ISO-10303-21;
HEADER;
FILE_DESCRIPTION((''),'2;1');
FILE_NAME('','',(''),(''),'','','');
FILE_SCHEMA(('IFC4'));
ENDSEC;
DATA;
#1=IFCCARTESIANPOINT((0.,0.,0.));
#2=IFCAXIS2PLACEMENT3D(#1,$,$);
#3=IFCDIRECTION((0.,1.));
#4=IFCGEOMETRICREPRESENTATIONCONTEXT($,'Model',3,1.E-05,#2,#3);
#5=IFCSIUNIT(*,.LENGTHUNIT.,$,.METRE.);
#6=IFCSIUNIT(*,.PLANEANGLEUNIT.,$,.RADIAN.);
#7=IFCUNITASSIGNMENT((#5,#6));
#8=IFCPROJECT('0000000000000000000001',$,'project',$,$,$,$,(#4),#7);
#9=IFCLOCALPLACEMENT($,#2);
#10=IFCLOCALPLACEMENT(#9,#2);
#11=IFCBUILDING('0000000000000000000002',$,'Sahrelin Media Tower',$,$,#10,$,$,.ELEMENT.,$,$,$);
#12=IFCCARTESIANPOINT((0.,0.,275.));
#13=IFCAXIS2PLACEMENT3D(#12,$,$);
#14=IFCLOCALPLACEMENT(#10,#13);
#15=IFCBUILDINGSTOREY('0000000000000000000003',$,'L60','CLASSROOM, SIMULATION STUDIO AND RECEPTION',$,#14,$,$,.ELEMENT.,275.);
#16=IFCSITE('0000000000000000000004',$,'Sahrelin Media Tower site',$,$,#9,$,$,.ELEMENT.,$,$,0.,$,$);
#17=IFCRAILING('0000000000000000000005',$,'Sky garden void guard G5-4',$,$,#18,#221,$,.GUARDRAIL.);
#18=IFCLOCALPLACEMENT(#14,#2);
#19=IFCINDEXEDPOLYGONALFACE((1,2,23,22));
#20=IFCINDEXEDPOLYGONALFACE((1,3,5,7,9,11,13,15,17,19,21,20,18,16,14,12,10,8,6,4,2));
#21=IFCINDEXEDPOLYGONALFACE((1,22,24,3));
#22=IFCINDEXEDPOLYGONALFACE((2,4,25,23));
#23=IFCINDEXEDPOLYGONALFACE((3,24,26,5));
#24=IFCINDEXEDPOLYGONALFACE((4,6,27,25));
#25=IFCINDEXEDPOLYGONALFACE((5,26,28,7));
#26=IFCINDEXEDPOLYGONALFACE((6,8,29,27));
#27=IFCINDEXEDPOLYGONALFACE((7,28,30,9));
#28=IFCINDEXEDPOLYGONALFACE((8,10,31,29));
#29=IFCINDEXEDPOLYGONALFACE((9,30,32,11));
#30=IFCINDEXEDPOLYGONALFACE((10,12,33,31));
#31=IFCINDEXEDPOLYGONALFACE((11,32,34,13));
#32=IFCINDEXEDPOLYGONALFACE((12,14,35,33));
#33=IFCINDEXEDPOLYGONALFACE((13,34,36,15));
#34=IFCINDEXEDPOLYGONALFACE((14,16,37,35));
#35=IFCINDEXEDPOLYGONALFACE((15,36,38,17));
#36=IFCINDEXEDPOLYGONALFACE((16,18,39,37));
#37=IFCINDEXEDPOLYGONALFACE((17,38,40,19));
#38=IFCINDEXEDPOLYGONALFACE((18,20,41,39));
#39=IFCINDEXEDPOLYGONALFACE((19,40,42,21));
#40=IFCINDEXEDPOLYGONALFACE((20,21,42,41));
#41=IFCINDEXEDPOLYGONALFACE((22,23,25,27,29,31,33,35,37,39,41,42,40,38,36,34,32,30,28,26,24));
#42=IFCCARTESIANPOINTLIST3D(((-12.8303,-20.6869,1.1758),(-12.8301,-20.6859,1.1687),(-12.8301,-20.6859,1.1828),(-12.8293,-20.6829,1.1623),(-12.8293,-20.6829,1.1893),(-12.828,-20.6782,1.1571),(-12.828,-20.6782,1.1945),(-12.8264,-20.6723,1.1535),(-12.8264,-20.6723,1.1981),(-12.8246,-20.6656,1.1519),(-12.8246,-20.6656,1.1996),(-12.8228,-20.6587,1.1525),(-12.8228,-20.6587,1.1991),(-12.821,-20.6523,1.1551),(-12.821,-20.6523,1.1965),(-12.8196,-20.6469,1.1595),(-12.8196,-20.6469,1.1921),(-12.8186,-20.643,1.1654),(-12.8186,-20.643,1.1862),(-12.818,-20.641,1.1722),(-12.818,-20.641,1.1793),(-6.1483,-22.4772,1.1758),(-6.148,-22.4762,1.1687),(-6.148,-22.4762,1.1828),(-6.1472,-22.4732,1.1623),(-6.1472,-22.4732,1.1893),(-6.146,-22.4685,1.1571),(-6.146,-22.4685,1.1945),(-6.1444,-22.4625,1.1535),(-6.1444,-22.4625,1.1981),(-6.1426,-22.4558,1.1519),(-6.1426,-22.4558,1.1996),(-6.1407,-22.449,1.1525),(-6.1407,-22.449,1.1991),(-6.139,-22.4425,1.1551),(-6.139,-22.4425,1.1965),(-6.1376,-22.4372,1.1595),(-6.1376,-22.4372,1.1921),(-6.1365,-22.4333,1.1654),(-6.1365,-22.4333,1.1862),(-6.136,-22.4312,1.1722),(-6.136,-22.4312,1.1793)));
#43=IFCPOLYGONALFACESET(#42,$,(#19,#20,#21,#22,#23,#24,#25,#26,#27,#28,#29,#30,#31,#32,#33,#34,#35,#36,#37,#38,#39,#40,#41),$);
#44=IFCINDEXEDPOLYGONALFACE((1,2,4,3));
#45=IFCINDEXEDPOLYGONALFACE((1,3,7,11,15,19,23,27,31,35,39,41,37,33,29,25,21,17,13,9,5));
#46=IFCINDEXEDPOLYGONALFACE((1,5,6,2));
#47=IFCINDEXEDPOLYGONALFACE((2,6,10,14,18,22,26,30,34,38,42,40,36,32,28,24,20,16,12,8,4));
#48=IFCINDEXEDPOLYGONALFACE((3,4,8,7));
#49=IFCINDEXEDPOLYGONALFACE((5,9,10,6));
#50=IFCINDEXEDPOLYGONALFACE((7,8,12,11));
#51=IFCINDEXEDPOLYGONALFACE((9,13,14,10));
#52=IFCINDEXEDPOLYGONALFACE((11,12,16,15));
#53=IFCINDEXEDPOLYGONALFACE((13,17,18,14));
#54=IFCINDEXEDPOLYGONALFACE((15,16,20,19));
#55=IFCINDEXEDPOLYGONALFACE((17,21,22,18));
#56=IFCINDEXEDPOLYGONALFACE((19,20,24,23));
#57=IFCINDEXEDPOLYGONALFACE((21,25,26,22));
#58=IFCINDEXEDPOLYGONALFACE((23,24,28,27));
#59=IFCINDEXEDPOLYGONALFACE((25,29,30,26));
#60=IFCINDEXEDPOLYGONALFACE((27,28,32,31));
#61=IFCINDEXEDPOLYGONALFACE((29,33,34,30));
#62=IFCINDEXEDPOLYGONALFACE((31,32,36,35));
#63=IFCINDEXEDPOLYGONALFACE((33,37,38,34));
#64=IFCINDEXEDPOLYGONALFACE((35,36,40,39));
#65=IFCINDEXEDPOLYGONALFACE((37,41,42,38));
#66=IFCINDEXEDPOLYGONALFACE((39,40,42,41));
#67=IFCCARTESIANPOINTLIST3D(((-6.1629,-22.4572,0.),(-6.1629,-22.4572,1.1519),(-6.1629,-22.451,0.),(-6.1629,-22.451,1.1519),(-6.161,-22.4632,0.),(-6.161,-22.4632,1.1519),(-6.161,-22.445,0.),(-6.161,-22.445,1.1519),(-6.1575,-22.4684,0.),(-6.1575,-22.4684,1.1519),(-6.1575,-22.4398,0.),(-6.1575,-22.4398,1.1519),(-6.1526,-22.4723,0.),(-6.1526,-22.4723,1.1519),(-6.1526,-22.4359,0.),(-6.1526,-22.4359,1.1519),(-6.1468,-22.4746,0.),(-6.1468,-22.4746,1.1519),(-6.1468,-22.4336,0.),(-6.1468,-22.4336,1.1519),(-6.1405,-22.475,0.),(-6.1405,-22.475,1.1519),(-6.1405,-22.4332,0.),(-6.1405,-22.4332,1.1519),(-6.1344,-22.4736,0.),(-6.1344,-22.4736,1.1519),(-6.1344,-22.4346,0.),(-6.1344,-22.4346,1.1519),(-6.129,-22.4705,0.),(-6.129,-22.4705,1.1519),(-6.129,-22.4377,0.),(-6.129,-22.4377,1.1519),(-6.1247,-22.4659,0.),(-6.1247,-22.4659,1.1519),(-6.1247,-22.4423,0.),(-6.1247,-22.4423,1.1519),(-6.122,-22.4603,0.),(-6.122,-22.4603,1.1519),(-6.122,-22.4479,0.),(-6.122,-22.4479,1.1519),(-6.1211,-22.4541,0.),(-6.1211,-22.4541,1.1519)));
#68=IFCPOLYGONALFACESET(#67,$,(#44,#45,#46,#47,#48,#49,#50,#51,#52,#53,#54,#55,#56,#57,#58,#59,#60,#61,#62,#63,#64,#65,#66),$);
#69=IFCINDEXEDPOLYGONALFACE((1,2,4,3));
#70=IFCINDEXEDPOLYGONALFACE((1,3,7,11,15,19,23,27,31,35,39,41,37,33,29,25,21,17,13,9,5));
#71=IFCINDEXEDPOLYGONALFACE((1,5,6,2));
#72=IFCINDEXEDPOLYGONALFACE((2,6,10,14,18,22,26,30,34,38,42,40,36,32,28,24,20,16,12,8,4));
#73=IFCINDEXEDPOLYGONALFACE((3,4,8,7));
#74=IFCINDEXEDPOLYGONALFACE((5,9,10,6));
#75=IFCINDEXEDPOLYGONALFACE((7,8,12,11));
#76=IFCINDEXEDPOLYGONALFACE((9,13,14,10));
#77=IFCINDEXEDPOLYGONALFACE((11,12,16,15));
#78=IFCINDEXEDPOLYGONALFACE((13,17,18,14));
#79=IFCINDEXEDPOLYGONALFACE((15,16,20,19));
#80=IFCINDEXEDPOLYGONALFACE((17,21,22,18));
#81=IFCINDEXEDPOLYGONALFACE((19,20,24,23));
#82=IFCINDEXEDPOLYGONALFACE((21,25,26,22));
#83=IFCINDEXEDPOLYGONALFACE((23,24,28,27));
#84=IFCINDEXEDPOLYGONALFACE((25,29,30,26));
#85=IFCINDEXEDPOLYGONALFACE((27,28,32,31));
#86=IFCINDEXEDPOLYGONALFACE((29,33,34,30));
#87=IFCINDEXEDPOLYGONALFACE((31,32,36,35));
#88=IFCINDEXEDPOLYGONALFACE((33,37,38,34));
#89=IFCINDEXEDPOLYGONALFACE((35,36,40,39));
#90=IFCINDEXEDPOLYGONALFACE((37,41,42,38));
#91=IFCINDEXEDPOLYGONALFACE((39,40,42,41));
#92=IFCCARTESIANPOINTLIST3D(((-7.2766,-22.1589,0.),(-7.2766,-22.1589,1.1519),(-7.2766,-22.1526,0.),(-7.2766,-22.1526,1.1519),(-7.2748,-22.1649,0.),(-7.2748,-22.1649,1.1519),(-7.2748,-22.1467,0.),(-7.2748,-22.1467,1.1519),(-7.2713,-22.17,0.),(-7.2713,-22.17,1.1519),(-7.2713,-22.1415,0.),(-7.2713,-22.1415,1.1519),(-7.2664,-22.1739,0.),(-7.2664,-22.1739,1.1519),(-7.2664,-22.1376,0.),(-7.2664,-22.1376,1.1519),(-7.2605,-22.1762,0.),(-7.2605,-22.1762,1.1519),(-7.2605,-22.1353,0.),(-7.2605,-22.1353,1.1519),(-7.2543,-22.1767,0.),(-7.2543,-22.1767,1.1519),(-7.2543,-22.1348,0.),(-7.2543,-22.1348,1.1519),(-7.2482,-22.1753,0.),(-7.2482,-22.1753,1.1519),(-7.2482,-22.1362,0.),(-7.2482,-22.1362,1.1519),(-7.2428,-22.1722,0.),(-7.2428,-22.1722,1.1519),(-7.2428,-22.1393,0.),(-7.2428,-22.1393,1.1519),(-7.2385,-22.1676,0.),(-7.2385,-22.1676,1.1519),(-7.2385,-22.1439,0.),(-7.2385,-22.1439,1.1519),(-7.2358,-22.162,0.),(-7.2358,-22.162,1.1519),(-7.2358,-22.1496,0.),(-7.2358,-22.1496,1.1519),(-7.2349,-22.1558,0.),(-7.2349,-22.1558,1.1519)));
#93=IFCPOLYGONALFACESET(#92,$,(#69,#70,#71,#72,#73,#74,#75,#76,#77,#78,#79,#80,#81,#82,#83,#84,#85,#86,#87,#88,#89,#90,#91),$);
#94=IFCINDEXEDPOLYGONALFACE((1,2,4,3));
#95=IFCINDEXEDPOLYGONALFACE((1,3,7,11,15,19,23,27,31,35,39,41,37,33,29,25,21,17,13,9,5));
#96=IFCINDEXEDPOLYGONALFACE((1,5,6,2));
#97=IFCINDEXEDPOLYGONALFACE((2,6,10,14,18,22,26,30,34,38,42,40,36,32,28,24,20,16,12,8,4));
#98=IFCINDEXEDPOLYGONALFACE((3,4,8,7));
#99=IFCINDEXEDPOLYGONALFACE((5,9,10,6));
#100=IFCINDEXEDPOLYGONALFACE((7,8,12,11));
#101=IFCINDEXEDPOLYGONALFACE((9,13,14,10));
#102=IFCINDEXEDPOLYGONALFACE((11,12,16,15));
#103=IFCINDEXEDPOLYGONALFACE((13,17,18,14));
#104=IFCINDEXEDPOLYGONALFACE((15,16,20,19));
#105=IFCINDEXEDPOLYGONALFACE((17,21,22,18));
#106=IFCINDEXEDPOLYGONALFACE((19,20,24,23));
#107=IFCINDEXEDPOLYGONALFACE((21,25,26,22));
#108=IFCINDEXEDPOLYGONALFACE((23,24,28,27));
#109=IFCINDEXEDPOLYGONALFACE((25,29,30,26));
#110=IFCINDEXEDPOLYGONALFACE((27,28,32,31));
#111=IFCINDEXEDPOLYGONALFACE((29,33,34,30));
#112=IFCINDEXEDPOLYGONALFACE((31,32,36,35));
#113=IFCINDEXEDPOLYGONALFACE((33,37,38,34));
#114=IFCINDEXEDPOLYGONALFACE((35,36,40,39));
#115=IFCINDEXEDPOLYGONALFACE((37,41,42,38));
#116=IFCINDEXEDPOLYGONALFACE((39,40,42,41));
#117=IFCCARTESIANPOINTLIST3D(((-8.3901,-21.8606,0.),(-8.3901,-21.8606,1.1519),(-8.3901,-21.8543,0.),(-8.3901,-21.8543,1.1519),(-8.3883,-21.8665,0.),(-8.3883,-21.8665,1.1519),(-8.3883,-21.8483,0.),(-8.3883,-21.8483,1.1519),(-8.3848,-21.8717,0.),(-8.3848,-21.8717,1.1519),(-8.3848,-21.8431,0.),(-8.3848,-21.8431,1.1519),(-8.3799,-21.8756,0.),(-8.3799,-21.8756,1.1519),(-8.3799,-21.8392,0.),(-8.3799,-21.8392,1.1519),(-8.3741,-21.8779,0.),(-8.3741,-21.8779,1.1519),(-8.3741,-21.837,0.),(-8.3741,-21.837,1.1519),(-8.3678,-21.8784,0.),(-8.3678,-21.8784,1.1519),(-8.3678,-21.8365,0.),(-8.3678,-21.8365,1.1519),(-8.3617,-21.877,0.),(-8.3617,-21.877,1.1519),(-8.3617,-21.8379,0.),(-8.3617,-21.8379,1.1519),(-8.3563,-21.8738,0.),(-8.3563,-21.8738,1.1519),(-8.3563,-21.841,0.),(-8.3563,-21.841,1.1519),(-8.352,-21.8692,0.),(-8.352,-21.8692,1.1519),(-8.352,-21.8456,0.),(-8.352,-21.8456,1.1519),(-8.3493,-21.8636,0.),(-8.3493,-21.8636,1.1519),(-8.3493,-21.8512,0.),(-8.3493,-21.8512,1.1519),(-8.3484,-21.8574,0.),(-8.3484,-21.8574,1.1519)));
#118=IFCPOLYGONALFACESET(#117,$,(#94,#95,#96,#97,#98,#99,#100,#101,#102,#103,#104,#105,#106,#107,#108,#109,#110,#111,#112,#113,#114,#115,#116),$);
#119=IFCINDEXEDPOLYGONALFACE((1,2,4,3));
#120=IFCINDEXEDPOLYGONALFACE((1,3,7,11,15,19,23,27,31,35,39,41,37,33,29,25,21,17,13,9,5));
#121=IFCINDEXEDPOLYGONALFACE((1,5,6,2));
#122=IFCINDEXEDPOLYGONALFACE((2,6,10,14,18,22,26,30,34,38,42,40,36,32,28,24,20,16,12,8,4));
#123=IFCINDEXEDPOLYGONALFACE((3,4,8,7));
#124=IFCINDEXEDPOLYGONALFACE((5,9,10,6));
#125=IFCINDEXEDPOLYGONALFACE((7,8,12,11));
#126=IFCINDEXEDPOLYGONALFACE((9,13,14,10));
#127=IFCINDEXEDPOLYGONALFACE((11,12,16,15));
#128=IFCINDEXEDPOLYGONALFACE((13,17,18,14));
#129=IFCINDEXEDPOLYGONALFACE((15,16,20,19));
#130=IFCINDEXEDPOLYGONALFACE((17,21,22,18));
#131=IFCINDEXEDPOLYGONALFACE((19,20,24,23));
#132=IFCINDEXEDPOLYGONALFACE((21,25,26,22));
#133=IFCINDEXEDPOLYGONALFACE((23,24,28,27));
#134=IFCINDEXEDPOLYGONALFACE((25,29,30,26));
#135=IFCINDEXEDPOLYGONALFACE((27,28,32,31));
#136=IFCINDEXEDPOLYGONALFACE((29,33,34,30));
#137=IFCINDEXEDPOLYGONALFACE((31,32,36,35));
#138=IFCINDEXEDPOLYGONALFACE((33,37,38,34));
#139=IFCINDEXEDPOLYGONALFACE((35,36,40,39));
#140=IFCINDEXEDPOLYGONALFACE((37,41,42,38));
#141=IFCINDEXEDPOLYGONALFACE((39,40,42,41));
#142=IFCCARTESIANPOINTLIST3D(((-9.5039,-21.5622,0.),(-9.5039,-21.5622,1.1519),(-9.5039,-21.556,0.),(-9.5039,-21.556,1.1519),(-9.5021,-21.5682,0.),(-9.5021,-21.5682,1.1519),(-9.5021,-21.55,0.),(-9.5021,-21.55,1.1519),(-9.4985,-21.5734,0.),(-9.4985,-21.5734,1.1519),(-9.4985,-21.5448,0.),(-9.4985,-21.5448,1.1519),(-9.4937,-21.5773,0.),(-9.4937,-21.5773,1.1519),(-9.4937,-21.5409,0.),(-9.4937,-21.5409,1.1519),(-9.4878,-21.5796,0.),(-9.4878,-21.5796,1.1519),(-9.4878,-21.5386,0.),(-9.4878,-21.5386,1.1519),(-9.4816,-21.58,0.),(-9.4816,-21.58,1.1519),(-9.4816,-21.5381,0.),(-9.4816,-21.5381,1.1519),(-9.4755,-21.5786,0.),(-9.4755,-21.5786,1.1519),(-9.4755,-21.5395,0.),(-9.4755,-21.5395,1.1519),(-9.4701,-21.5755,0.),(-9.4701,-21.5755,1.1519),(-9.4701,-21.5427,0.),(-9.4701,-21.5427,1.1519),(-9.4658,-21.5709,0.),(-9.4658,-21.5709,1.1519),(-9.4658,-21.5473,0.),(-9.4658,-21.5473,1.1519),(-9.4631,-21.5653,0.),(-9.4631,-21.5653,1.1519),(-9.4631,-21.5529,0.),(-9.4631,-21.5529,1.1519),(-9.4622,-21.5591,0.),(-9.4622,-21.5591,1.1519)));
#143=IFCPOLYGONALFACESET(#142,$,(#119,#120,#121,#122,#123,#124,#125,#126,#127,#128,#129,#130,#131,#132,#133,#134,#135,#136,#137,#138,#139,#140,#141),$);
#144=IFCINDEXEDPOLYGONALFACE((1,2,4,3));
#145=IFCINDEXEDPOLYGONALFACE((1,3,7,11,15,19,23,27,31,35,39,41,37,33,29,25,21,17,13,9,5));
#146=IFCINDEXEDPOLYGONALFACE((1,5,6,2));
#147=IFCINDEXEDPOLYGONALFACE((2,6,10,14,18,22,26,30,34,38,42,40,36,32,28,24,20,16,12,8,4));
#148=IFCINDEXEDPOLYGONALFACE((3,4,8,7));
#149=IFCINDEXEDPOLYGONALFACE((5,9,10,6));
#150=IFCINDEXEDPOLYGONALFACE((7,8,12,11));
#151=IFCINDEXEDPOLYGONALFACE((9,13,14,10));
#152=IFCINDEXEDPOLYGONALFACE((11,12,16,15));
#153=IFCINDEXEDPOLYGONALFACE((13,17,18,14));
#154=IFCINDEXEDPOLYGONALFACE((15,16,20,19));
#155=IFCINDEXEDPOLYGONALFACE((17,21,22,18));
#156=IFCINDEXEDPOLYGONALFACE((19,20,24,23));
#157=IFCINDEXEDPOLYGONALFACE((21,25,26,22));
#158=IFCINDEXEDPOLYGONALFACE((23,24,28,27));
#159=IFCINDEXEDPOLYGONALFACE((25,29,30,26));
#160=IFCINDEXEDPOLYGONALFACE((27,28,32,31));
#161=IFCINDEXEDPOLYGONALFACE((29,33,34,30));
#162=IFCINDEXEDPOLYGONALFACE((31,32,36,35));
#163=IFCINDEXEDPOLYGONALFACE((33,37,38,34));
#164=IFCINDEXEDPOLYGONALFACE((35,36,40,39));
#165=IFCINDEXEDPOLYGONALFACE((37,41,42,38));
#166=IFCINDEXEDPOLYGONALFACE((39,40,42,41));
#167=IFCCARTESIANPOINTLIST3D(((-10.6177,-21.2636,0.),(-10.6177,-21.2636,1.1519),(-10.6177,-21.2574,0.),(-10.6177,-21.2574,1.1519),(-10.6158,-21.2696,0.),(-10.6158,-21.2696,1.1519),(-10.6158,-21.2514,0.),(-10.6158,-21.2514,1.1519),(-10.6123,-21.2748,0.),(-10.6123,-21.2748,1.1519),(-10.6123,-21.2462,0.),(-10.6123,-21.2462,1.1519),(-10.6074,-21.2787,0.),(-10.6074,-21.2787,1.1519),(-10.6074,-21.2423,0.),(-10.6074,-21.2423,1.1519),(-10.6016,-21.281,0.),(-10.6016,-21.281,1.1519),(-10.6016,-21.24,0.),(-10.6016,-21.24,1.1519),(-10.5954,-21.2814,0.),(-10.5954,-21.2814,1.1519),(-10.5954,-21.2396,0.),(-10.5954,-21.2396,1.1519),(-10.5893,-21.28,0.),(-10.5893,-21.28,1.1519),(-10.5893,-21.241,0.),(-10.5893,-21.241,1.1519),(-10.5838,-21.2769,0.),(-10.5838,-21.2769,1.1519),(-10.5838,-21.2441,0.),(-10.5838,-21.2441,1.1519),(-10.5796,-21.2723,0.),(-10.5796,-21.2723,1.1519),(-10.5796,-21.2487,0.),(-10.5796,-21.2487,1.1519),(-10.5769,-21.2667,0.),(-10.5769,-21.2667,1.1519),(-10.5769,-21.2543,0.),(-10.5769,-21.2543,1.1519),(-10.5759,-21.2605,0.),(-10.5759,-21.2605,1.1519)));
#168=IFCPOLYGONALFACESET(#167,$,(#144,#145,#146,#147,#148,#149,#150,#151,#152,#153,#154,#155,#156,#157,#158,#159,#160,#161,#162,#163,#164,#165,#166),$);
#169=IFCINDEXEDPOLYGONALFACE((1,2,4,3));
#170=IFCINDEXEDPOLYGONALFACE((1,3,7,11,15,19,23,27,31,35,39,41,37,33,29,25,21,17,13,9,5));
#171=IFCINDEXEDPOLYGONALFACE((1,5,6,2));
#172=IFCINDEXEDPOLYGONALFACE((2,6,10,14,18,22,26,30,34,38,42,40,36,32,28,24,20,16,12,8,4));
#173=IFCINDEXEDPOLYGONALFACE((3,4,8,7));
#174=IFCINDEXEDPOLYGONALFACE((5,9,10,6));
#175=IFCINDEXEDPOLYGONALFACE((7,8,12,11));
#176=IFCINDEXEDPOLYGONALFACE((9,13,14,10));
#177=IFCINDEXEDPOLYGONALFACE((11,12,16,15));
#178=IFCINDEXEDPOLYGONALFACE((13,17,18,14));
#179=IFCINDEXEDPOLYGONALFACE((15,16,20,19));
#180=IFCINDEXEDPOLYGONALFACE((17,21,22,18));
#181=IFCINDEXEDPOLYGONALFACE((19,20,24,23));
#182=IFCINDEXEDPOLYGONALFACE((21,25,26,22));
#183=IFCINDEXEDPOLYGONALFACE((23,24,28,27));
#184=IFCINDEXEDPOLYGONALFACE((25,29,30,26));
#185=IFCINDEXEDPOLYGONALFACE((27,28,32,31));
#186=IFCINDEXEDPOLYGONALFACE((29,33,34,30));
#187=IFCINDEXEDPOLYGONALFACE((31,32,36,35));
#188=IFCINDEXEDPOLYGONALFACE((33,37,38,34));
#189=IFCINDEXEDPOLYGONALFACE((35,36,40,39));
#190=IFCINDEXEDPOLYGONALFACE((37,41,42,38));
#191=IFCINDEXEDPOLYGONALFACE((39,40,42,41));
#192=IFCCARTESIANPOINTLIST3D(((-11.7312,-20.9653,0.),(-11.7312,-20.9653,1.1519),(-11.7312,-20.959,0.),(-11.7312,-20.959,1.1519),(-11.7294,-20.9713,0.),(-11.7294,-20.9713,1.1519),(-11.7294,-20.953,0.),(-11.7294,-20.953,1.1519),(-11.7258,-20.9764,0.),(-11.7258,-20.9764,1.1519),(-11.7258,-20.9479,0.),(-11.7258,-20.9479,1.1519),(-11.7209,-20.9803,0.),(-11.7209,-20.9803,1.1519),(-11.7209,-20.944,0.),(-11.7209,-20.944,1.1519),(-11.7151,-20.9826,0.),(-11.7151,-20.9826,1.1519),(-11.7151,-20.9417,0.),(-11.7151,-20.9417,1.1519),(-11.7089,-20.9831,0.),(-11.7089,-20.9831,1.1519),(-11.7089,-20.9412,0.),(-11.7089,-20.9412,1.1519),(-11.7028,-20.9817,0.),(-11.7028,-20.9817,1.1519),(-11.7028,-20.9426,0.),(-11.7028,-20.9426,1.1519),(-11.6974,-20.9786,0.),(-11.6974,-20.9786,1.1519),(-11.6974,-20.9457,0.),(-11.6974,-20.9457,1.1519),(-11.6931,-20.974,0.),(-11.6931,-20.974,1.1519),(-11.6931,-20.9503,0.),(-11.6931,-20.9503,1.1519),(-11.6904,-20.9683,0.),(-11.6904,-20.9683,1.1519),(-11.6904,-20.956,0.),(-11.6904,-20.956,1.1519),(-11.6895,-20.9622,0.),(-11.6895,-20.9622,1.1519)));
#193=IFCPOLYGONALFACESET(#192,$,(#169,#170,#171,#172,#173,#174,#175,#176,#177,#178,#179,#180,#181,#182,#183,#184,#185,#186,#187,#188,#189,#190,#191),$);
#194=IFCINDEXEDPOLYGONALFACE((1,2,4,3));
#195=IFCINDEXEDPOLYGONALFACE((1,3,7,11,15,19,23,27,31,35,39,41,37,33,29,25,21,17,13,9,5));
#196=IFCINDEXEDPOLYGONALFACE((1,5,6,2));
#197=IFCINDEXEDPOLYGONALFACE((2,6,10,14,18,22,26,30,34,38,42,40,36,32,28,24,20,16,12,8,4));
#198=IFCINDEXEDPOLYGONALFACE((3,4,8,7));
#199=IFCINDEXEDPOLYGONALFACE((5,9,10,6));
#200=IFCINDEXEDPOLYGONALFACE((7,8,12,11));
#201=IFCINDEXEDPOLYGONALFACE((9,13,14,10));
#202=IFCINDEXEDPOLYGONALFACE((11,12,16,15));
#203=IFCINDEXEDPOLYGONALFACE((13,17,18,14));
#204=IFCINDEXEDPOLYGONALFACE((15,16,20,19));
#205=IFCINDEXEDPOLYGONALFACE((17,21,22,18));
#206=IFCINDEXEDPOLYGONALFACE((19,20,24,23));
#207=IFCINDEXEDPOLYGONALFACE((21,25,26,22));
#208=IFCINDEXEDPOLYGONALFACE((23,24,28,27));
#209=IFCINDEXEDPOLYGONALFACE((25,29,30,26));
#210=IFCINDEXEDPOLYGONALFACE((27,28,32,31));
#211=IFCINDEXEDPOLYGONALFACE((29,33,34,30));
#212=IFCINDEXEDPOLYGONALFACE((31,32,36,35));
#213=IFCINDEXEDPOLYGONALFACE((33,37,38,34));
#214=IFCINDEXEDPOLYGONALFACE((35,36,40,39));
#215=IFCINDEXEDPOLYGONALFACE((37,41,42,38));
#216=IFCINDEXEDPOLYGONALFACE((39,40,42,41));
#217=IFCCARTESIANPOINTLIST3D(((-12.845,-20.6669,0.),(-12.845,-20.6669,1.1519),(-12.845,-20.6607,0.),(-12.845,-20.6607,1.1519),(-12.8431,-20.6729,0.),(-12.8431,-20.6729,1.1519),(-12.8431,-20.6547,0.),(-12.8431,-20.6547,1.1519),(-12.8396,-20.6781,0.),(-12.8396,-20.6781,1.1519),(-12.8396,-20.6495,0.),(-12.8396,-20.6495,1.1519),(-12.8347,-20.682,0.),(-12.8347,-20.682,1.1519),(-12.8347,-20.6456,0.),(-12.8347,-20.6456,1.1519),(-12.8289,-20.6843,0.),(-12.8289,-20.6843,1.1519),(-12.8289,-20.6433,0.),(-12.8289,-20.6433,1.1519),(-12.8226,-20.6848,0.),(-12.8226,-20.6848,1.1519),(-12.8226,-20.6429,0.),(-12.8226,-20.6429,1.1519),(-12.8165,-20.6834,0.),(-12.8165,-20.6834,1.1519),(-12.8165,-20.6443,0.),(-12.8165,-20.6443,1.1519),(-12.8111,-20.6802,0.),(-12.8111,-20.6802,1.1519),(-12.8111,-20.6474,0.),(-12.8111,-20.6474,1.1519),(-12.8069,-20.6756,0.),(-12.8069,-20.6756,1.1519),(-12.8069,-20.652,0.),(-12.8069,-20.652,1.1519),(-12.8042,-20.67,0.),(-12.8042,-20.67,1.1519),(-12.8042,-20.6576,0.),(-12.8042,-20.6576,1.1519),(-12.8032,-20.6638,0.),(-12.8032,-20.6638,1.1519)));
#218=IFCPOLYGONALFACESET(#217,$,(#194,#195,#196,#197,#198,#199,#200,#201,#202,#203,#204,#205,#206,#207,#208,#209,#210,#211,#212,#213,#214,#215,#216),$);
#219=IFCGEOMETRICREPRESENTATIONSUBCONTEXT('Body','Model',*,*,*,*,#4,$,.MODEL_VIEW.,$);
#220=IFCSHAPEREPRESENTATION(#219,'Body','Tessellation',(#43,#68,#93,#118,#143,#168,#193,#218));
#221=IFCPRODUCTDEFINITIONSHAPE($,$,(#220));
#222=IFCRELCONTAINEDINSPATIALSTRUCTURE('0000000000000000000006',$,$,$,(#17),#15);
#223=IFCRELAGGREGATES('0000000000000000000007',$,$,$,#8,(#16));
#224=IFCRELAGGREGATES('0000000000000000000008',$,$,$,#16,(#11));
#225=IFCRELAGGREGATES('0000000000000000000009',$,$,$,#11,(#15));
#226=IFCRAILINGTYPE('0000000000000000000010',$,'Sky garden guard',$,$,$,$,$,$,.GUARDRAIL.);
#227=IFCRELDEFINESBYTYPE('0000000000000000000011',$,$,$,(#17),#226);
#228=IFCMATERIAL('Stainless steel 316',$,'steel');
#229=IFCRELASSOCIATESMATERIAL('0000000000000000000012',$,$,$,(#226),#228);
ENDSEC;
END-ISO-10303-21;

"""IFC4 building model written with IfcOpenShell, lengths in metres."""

from ifc_helpers import new_model, si_unit, direction, frame, origin, origin_2d, place, context, subcontext, project, spatial, circle, extrude, material, type_object, element, save


model = new_model("IFC4")

# Units and contexts
model_context = context("Model", 3, precision=1e-05, world=origin(), true_north=direction((0.0, 1.0)))
body_context = subcontext(model_context, "Body", "Model", "MODEL_VIEW")
ifc_project = project(units=[si_unit("LENGTHUNIT", "METRE"), si_unit("PLANEANGLEUNIT", "RADIAN")], contexts=[model_context])

# Site, building, storey
site_placement = place(None, origin())
site = spatial("IfcSite", under=ifc_project, at=site_placement, Name="Sahrelin Media Tower site", CompositionType="ELEMENT", RefElevation=0.0)
building_placement = place(site_placement, origin())
building = spatial("IfcBuilding", under=site, at=building_placement, Name="Sahrelin Media Tower", CompositionType="ELEMENT")
storey_placement = place(building_placement, frame((0.0, 0.0, 275.0)))
storey = spatial("IfcBuildingStorey", under=building, at=storey_placement, Name="L60", Description="CLASSROOM, SIMULATION STUDIO AND RECEPTION", CompositionType="ELEMENT", Elevation=275.0)

# Railing
ifc_material_1 = material(Name="Stainless steel 316", Category="steel")
railing_type = type_object("IfcRailingType", Name="Sky garden guard", PredefinedType="GUARDRAIL", material=ifc_material_1)
railing_placement = place(storey_placement, frame((-6.1421, -22.4541, 0.0)))
element("IfcRailing", 1, at=railing_placement, inside=storey, type_object=railing_type, Name="Sky garden void guard G5-4", PredefinedType="GUARDRAIL", context=body_context, shape_type="SweptSolid", body=[
    extrude(circle(Radius=0.0239, at=origin_2d()), frame((0.0, 0.0, 1.1758), z_axis=(-0.965933, 0.258794, 0.0), x_axis=(-0.258794, -0.965933, 0.0)), (0.0, 0.0, 1.0), 6.9177),
    extrude(circle(Radius=0.021, at=origin_2d()), origin(), (0.0, 0.0, 1.0), 1.1519),
    extrude(circle(Radius=0.021, at=origin_2d()), frame((-1.1138, 0.2983, 0.0)), (0.0, 0.0, 1.0), 1.1519),
    extrude(circle(Radius=0.021, at=origin_2d()), frame((-2.2273, 0.5967, 0.0)), (0.0, 0.0, 1.0), 1.1519),
    extrude(circle(Radius=0.021, at=origin_2d()), frame((-3.3411, 0.895, 0.0)), (0.0, 0.0, 1.0), 1.1519),
    extrude(circle(Radius=0.021, at=origin_2d()), frame((-4.4548, 1.1936, 0.0)), (0.0, 0.0, 1.0), 1.1519),
    extrude(circle(Radius=0.021, at=origin_2d()), frame((-5.5684, 1.4919, 0.0)), (0.0, 0.0, 1.0), 1.1519),
    extrude(circle(Radius=0.021, at=origin_2d()), frame((-6.6821, 1.7903, 0.0)), (0.0, 0.0, 1.0), 1.1519),
])

save(model, "model.ifc")
